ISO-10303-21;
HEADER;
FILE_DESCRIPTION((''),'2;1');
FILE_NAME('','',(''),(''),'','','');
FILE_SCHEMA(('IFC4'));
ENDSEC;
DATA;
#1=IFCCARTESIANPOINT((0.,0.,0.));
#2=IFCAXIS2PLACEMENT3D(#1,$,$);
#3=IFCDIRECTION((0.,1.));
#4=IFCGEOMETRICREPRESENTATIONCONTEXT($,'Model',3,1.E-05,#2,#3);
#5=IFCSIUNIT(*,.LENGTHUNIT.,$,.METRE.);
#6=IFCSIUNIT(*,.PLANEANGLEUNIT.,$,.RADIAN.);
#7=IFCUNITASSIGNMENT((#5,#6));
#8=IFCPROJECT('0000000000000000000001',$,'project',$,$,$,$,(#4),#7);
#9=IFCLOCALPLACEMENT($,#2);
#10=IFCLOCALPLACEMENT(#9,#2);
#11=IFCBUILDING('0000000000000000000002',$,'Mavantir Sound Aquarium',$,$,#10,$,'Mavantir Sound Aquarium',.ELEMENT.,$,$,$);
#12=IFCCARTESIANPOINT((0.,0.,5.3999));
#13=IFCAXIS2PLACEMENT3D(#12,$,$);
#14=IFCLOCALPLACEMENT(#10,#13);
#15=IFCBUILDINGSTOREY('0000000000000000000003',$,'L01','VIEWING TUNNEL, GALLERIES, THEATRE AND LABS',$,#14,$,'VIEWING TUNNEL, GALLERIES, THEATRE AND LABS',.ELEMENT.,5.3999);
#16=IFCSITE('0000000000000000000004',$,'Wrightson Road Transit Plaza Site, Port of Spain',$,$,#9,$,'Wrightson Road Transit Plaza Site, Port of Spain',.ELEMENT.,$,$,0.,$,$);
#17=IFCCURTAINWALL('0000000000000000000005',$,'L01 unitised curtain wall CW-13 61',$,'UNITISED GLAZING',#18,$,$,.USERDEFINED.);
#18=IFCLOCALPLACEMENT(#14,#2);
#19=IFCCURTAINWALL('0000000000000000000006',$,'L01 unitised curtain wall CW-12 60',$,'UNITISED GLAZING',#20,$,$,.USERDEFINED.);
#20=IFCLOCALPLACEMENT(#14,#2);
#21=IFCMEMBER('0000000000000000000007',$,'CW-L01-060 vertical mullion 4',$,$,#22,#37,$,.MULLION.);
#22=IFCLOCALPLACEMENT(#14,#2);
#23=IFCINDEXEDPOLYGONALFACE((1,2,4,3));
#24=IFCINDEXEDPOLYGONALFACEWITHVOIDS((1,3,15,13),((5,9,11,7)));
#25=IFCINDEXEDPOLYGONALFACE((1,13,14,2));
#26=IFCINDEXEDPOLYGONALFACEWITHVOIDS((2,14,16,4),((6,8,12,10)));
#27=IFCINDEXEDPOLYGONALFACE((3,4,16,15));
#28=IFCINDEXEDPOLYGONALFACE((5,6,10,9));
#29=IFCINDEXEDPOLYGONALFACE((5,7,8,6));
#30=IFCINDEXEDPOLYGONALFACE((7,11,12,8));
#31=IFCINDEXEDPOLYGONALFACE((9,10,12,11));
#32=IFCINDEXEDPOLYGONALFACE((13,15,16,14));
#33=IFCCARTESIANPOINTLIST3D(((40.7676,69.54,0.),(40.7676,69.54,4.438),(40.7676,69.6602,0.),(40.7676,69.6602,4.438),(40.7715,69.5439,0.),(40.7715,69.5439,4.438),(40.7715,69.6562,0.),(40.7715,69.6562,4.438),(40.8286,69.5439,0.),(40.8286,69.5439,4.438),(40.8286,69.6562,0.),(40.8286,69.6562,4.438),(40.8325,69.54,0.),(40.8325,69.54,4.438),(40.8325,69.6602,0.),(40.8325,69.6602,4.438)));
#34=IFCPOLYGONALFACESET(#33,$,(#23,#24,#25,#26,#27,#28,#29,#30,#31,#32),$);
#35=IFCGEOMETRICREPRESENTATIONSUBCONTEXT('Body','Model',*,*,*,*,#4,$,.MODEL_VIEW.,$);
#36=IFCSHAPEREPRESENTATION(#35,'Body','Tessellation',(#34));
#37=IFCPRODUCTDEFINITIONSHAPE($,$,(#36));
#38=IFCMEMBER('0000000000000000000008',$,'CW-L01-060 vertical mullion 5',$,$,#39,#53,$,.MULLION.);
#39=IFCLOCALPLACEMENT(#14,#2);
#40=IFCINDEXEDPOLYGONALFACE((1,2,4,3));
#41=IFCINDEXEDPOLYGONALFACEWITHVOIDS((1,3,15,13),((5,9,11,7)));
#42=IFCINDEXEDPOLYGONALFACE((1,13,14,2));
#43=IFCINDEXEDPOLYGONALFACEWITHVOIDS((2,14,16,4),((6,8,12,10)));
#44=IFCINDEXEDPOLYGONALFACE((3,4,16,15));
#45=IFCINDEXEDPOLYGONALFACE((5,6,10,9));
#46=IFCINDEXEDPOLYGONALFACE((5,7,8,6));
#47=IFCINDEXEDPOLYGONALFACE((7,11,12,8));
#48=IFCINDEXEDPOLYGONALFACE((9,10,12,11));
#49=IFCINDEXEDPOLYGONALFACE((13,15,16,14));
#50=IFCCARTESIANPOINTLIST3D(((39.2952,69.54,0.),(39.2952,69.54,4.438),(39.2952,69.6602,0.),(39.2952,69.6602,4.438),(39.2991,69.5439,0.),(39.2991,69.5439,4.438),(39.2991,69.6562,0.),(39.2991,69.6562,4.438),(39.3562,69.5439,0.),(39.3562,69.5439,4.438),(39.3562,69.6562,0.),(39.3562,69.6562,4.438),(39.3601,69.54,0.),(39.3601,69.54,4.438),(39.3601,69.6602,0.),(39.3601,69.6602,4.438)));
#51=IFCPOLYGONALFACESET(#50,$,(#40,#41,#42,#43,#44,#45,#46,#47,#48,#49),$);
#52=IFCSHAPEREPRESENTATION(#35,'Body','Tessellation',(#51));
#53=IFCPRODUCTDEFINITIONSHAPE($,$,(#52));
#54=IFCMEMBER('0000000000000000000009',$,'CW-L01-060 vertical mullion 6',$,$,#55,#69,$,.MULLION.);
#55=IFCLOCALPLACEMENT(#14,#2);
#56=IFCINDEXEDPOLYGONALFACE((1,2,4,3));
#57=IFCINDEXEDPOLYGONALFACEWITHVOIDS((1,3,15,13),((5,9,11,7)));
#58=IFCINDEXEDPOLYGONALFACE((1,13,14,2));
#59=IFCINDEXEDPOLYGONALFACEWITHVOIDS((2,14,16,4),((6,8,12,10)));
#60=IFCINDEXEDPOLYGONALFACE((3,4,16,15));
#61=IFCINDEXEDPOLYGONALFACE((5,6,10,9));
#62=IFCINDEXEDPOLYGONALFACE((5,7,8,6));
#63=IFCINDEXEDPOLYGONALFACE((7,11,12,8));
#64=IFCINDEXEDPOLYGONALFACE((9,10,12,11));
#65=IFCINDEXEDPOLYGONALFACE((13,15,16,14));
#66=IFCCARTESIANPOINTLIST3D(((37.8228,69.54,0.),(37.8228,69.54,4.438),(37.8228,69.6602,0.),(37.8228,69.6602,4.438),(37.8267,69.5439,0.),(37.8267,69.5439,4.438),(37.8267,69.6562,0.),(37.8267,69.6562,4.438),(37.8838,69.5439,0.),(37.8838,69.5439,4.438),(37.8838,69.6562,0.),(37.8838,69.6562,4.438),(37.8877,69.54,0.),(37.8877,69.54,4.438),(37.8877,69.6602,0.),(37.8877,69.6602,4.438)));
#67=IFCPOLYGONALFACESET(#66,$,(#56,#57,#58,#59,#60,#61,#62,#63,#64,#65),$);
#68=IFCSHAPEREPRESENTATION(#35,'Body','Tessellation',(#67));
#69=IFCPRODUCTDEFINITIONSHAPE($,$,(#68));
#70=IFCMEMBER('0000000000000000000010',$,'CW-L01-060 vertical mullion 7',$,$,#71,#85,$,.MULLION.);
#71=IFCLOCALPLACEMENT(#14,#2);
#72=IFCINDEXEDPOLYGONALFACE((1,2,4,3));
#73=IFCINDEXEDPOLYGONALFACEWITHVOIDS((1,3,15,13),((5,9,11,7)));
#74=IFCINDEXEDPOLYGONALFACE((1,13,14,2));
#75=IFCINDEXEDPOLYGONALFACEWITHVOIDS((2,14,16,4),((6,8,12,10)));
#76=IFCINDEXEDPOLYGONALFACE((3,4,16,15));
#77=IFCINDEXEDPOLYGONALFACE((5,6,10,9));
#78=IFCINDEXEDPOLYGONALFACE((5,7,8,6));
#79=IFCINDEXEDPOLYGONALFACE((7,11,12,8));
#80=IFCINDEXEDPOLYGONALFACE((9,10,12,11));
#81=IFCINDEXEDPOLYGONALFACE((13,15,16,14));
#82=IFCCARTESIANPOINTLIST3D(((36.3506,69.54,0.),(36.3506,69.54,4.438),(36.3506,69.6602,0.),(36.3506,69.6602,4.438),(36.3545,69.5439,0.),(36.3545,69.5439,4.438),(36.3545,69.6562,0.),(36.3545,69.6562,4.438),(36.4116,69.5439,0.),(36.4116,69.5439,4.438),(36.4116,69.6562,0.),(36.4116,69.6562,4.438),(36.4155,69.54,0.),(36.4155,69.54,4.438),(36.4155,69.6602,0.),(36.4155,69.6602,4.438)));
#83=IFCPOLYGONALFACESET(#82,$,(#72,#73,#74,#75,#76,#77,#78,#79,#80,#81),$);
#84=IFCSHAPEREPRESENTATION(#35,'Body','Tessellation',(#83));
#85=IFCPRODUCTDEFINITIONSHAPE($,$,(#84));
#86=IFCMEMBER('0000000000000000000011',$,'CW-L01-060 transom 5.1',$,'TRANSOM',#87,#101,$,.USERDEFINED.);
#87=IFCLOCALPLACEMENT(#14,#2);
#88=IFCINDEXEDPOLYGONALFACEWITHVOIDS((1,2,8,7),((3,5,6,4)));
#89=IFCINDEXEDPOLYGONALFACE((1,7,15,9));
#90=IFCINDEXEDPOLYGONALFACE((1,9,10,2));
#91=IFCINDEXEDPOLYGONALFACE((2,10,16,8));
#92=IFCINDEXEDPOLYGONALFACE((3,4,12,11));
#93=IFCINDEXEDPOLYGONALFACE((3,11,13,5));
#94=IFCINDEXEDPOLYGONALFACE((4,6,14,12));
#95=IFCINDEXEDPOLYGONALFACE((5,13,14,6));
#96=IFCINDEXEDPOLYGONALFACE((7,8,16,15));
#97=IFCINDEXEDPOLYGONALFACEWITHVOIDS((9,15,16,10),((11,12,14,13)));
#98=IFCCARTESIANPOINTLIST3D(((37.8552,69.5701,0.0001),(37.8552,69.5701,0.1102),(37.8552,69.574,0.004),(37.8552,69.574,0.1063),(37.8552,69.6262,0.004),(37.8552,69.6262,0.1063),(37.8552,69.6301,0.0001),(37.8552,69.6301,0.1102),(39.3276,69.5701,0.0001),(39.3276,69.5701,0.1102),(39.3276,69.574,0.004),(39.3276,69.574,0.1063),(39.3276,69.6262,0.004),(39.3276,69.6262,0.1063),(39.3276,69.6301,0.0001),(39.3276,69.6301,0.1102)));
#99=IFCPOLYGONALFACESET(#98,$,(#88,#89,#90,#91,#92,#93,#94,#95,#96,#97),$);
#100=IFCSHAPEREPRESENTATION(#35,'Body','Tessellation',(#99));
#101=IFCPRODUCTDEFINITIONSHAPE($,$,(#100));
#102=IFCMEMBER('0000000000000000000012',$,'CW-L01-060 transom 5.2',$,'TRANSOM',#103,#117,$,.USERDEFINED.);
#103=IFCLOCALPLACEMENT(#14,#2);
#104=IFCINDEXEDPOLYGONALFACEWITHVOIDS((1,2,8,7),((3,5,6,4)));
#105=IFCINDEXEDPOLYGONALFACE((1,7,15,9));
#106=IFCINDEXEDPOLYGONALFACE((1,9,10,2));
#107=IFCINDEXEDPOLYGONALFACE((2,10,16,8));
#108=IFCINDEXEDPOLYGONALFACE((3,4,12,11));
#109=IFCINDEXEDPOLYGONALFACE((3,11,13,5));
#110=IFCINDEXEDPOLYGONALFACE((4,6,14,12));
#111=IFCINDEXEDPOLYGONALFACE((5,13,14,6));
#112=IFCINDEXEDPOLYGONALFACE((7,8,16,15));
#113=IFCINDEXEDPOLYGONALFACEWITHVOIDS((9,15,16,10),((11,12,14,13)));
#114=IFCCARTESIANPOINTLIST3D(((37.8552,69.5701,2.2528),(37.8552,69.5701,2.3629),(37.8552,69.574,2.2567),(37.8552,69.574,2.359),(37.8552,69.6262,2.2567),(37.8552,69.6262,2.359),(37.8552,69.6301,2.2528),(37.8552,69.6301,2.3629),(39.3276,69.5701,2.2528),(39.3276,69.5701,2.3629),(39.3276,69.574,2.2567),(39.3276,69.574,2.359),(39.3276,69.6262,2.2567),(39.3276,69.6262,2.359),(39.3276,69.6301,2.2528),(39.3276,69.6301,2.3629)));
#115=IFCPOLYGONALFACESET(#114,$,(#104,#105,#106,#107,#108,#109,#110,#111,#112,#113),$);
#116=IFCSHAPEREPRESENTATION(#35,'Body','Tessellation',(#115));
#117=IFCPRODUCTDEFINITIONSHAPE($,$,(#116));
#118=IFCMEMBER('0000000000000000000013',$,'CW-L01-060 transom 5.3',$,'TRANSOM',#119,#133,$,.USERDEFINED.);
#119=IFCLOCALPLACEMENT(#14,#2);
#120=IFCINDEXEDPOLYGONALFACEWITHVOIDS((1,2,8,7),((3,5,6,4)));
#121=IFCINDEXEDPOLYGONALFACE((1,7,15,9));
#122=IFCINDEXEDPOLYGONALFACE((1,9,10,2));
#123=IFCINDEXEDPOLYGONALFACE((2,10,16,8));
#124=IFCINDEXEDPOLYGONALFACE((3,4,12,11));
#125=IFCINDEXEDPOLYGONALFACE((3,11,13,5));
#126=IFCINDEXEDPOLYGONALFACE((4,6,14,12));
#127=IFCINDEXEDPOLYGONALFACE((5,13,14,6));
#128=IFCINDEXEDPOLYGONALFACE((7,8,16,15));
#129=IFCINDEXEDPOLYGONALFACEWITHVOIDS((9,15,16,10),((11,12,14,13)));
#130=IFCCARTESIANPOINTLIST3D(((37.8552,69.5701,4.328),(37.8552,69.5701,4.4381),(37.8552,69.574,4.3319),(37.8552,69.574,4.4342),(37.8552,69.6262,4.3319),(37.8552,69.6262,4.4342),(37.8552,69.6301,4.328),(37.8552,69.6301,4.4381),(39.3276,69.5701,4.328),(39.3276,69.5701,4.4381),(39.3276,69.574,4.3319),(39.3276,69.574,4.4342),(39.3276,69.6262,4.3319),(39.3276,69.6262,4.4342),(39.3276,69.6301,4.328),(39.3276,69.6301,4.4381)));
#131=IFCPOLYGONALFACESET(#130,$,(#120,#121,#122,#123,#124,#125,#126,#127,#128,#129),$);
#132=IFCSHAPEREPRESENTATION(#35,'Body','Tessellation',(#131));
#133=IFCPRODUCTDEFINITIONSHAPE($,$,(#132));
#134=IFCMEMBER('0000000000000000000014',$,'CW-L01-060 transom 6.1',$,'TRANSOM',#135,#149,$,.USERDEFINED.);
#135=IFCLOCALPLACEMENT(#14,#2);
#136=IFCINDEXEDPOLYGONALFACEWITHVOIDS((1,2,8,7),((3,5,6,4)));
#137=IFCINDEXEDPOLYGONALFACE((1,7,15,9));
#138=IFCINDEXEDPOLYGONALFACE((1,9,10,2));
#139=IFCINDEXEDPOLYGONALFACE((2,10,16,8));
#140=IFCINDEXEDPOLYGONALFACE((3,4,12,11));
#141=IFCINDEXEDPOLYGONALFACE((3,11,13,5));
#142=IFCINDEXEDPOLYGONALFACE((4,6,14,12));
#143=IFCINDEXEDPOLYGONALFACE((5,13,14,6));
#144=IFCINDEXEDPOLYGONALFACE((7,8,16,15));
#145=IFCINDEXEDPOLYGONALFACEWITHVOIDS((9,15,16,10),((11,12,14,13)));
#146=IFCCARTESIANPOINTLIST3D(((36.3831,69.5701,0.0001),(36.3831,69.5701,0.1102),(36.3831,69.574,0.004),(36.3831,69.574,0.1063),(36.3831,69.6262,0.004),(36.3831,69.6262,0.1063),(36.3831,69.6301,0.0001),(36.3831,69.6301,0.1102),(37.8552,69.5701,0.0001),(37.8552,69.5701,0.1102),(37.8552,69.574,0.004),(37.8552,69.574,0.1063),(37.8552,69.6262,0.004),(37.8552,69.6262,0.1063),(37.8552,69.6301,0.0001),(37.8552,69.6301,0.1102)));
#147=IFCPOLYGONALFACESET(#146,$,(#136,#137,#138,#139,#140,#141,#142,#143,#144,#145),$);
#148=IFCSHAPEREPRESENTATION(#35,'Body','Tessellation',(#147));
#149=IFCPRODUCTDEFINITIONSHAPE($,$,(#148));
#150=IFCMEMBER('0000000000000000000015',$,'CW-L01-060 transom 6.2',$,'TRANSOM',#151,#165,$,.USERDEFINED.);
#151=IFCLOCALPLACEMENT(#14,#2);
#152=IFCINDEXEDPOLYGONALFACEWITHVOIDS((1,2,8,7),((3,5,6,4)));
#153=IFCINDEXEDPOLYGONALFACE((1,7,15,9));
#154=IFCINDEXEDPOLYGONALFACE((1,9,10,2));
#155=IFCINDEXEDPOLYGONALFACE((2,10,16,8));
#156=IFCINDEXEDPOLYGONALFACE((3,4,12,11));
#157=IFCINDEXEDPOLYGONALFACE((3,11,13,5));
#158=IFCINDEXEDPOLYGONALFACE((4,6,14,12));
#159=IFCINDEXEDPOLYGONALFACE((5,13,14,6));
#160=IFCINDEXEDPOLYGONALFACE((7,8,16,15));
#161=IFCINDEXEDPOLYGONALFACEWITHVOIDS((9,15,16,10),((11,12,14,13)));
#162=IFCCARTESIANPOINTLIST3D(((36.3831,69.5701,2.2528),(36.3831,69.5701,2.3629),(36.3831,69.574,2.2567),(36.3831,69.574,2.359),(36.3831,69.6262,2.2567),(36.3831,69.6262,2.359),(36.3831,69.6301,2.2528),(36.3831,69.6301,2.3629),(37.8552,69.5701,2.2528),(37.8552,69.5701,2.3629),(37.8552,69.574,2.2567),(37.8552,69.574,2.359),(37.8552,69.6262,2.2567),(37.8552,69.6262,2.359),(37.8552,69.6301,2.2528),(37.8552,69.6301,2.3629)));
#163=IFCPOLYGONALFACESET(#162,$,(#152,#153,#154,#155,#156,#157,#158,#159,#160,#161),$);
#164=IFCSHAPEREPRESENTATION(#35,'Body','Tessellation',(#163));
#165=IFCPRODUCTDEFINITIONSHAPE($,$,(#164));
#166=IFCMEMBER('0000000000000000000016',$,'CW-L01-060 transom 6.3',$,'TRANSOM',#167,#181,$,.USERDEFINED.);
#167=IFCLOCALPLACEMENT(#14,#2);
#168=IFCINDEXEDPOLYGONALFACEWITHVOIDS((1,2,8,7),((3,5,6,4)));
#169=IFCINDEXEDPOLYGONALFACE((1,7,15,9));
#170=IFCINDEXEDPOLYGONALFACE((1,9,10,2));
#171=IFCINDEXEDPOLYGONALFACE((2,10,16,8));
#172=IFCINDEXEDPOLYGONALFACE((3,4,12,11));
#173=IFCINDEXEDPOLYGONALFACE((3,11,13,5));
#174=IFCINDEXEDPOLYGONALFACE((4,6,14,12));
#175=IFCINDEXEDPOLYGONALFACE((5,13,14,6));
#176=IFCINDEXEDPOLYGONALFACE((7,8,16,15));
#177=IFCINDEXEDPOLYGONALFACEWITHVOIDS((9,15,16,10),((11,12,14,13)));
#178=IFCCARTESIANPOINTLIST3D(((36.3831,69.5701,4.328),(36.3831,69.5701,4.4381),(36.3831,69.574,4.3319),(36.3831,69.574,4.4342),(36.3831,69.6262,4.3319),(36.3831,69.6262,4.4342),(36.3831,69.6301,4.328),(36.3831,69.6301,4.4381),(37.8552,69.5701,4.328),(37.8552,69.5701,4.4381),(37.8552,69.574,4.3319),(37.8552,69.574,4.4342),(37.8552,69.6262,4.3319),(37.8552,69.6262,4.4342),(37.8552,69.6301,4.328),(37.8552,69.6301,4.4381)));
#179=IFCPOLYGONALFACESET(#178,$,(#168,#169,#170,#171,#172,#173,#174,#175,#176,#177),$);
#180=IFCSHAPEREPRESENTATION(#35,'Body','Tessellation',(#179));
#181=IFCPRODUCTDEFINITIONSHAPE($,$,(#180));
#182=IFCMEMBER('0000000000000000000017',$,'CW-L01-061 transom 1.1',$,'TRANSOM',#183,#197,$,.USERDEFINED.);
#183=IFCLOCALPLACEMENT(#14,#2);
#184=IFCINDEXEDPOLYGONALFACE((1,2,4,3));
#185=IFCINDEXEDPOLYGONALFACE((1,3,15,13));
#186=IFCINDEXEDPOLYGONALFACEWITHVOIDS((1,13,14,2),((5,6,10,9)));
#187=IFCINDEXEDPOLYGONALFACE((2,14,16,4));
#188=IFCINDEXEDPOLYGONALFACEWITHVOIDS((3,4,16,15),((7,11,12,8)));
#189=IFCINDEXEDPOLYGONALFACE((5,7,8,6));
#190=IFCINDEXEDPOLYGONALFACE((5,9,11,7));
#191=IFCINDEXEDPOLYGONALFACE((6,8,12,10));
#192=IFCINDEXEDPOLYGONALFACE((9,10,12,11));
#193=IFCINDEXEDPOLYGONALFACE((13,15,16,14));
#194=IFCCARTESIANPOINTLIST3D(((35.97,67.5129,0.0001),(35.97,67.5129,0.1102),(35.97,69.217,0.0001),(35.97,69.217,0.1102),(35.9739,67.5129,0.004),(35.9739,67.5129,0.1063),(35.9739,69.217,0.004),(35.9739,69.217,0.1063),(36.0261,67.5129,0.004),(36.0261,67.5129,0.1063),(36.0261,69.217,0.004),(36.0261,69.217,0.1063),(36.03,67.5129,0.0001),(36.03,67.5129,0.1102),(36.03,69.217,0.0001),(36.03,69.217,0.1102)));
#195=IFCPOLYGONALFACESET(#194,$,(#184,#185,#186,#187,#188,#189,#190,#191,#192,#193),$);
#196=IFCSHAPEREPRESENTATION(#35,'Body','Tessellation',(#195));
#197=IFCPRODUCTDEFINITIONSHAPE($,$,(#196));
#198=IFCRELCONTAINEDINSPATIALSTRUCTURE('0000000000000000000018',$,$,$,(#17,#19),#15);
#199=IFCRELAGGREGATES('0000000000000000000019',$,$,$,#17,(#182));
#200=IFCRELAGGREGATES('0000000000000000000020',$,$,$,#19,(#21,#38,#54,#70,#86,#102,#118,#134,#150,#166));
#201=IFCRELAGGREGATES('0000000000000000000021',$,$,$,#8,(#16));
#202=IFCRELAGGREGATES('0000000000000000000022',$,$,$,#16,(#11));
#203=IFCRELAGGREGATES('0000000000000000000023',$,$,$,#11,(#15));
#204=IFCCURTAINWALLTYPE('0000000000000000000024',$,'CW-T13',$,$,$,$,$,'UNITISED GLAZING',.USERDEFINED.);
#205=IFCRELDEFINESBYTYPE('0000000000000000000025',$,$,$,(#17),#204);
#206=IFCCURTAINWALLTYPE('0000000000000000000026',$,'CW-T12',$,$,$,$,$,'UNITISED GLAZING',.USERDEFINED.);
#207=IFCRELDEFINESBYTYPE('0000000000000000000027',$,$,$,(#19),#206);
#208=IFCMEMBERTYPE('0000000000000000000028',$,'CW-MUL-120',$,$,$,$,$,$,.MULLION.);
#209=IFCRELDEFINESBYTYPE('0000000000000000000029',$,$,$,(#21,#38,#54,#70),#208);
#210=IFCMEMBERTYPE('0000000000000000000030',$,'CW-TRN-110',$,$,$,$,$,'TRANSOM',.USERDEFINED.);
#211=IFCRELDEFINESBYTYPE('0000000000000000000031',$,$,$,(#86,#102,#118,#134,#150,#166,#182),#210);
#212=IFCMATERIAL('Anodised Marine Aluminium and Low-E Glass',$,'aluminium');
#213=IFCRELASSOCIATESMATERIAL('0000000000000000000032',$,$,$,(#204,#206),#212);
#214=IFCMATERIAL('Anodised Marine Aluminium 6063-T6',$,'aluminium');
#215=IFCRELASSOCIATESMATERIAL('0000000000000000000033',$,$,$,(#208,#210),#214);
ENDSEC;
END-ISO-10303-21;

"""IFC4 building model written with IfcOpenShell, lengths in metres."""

from ifc_helpers import new_model, si_unit, direction, frame, origin, origin_2d, place, context, subcontext, project, spatial, hollow_rectangle, extrude, material, material_profile, profile_set, type_object, element, aggregate, save


model = new_model("IFC4")

# Units and contexts
model_context = context("Model", 3, precision=1e-05, world=origin(), true_north=direction((0.0, 1.0)))
body_context = subcontext(model_context, "Body", "Model", "MODEL_VIEW")
ifc_project = project(units=[si_unit("LENGTHUNIT", "METRE"), si_unit("PLANEANGLEUNIT", "RADIAN")], contexts=[model_context])

# Site, building, storey
site_placement = place(None, origin())
site = spatial("IfcSite", under=ifc_project, at=site_placement, Name="Wrightson Road Transit Plaza Site, Port of Spain", LongName="Wrightson Road Transit Plaza Site, Port of Spain", CompositionType="ELEMENT", RefElevation=0.0)
building_placement = place(site_placement, origin())
building = spatial("IfcBuilding", under=site, at=building_placement, Name="Mavantir Sound Aquarium", LongName="Mavantir Sound Aquarium", CompositionType="ELEMENT")
storey_placement = place(building_placement, frame((0.0, 0.0, 5.3999)))
storey = spatial("IfcBuildingStorey", under=building, at=storey_placement, Name="L01", Description="VIEWING TUNNEL, GALLERIES, THEATRE AND LABS", LongName="VIEWING TUNNEL, GALLERIES, THEATRE AND LABS", CompositionType="ELEMENT", Elevation=5.3999)

# Curtain walls, members
ifc_material_1 = material(Name="Anodised Marine Aluminium and Low-E Glass", Category="aluminium")
curtain_wall_type_1 = type_object("IfcCurtainWallType", Name="CW-T13", ElementType="UNITISED GLAZING", PredefinedType="USERDEFINED", material=ifc_material_1)
curtain_wall_1_placement = place(storey_placement, origin())
curtain_wall_1 = element("IfcCurtainWall", 1, at=curtain_wall_1_placement, inside=storey, type_object=curtain_wall_type_1, Name="L01 unitised curtain wall CW-13 61", ObjectType="UNITISED GLAZING", PredefinedType="USERDEFINED")
ifc_material_2 = material(Name="Anodised Marine Aluminium 6063-T6", Category="aluminium")
curtain_wall_type_2 = type_object("IfcCurtainWallType", Name="CW-T12", ElementType="UNITISED GLAZING", PredefinedType="USERDEFINED", material=ifc_material_1)
curtain_wall_2_placement = place(storey_placement, origin())
curtain_wall_2 = element("IfcCurtainWall", 2, at=curtain_wall_2_placement, inside=storey, type_object=curtain_wall_type_2, Name="L01 unitised curtain wall CW-12 60", ObjectType="UNITISED GLAZING", PredefinedType="USERDEFINED")
ifc_material_profile_1 = material_profile(ifc_material_2, hollow_rectangle(XDim=0.0649, YDim=0.1201, WallThickness=0.0039, at=origin_2d()), Name="ALU-MULLION-120X65")
ifc_profile_set_1 = profile_set([ifc_material_profile_1], Name="Anodised Marine Aluminium 6063-T6")
member_type_1 = type_object("IfcMemberType", Name="CW-MUL-120", PredefinedType="MULLION", material=ifc_profile_set_1)
member_1_placement = place(storey_placement, frame((40.8, 69.6001, 0.0), z_axis=(0.0, 0.0, 1.0), x_axis=(1.0, 0.0, 0.0)))
member_1 = element("IfcMember", 3, at=member_1_placement, type_object=member_type_1, Name="CW-L01-060 vertical mullion 4", PredefinedType="MULLION", context=body_context, shape_type="SweptSolid", body=[
    extrude(hollow_rectangle(XDim=0.0649, YDim=0.1201, WallThickness=0.0039, at=origin_2d()), origin(), (0.0, 0.0, 1.0), 4.438),
])
member_2_placement = place(storey_placement, frame((39.3276, 69.6001, 0.0), z_axis=(0.0, 0.0, 1.0), x_axis=(1.0, 0.0, 0.0)))
member_2 = element("IfcMember", 4, at=member_2_placement, type_object=member_type_1, Name="CW-L01-060 vertical mullion 5", PredefinedType="MULLION", context=body_context, shape_type="SweptSolid", body=[
    extrude(hollow_rectangle(XDim=0.0649, YDim=0.1201, WallThickness=0.0039, at=origin_2d()), origin(), (0.0, 0.0, 1.0), 4.438),
])
member_3_placement = place(storey_placement, frame((37.8552, 69.6001, 0.0), z_axis=(0.0, 0.0, 1.0), x_axis=(1.0, 0.0, 0.0)))
member_3 = element("IfcMember", 5, at=member_3_placement, type_object=member_type_1, Name="CW-L01-060 vertical mullion 6", PredefinedType="MULLION", context=body_context, shape_type="SweptSolid", body=[
    extrude(hollow_rectangle(XDim=0.0649, YDim=0.1201, WallThickness=0.0039, at=origin_2d()), origin(), (0.0, 0.0, 1.0), 4.438),
])
member_4_placement = place(storey_placement, frame((36.3831, 69.6001, 0.0), z_axis=(0.0, 0.0, 1.0), x_axis=(1.0, 0.0, 0.0)))
member_4 = element("IfcMember", 6, at=member_4_placement, type_object=member_type_1, Name="CW-L01-060 vertical mullion 7", PredefinedType="MULLION", context=body_context, shape_type="SweptSolid", body=[
    extrude(hollow_rectangle(XDim=0.0649, YDim=0.1201, WallThickness=0.0039, at=origin_2d()), origin(), (0.0, 0.0, 1.0), 4.438),
])
ifc_material_profile_2 = material_profile(ifc_material_2, hollow_rectangle(XDim=0.0601, YDim=0.1101, WallThickness=0.0039, at=origin_2d()), Name="ALU-TRANSOM-110X60")
ifc_profile_set_2 = profile_set([ifc_material_profile_2], Name="Anodised Marine Aluminium 6063-T6")
member_type_2 = type_object("IfcMemberType", Name="CW-TRN-110", ElementType="TRANSOM", PredefinedType="USERDEFINED", material=ifc_profile_set_2)
member_5_placement = place(storey_placement, frame((39.3276, 69.6001, 0.0552), z_axis=(-1.0, 0.0, 0.0), x_axis=(0.0, -1.0, 0.0)))
member_5 = element("IfcMember", 7, at=member_5_placement, type_object=member_type_2, Name="CW-L01-060 transom 5.1", ObjectType="TRANSOM", PredefinedType="USERDEFINED", context=body_context, shape_type="SweptSolid", body=[
    extrude(hollow_rectangle(XDim=0.0601, YDim=0.1101, WallThickness=0.0039, at=origin_2d()), origin(), (0.0, 0.0, 1.0), 1.4724),
])
member_6_placement = place(storey_placement, frame((39.3276, 69.6001, 2.3079), z_axis=(-1.0, 0.0, 0.0), x_axis=(0.0, -1.0, 0.0)))
member_6 = element("IfcMember", 8, at=member_6_placement, type_object=member_type_2, Name="CW-L01-060 transom 5.2", ObjectType="TRANSOM", PredefinedType="USERDEFINED", context=body_context, shape_type="SweptSolid", body=[
    extrude(hollow_rectangle(XDim=0.0601, YDim=0.1101, WallThickness=0.0039, at=origin_2d()), origin(), (0.0, 0.0, 1.0), 1.4724),
])
member_7_placement = place(storey_placement, frame((39.3276, 69.6001, 4.3831), z_axis=(-1.0, 0.0, 0.0), x_axis=(0.0, -1.0, 0.0)))
member_7 = element("IfcMember", 9, at=member_7_placement, type_object=member_type_2, Name="CW-L01-060 transom 5.3", ObjectType="TRANSOM", PredefinedType="USERDEFINED", context=body_context, shape_type="SweptSolid", body=[
    extrude(hollow_rectangle(XDim=0.0601, YDim=0.1101, WallThickness=0.0039, at=origin_2d()), origin(), (0.0, 0.0, 1.0), 1.4724),
])
member_8_placement = place(storey_placement, frame((37.8552, 69.6001, 0.0552), z_axis=(-1.0, 0.0, 0.0), x_axis=(0.0, -1.0, 0.0)))
member_8 = element("IfcMember", 10, at=member_8_placement, type_object=member_type_2, Name="CW-L01-060 transom 6.1", ObjectType="TRANSOM", PredefinedType="USERDEFINED", context=body_context, shape_type="SweptSolid", body=[
    extrude(hollow_rectangle(XDim=0.0601, YDim=0.1101, WallThickness=0.0039, at=origin_2d()), origin(), (0.0, 0.0, 1.0), 1.4722),
])
member_9_placement = place(storey_placement, frame((37.8552, 69.6001, 2.3079), z_axis=(-1.0, 0.0, 0.0), x_axis=(0.0, -1.0, 0.0)))
member_9 = element("IfcMember", 11, at=member_9_placement, type_object=member_type_2, Name="CW-L01-060 transom 6.2", ObjectType="TRANSOM", PredefinedType="USERDEFINED", context=body_context, shape_type="SweptSolid", body=[
    extrude(hollow_rectangle(XDim=0.0601, YDim=0.1101, WallThickness=0.0039, at=origin_2d()), origin(), (0.0, 0.0, 1.0), 1.4722),
])
member_10_placement = place(storey_placement, frame((37.8552, 69.6001, 4.3831), z_axis=(-1.0, 0.0, 0.0), x_axis=(0.0, -1.0, 0.0)))
member_10 = element("IfcMember", 12, at=member_10_placement, type_object=member_type_2, Name="CW-L01-060 transom 6.3", ObjectType="TRANSOM", PredefinedType="USERDEFINED", context=body_context, shape_type="SweptSolid", body=[
    extrude(hollow_rectangle(XDim=0.0601, YDim=0.1101, WallThickness=0.0039, at=origin_2d()), origin(), (0.0, 0.0, 1.0), 1.4722),
])

# Member
member_11_placement = place(storey_placement, frame((36.0, 69.217, 0.0552), z_axis=(0.0, -1.0, 0.0), x_axis=(1.0, 0.0, 0.0)))
member_11 = element("IfcMember", 13, at=member_11_placement, type_object=member_type_2, Name="CW-L01-061 transom 1.1", ObjectType="TRANSOM", PredefinedType="USERDEFINED", context=body_context, shape_type="SweptSolid", body=[
    extrude(hollow_rectangle(XDim=0.0601, YDim=0.1101, WallThickness=0.0039, at=origin_2d()), origin(), (0.0, 0.0, 1.0), 1.7041),
])

aggregate(curtain_wall_1, [member_11])
aggregate(curtain_wall_2, [member_1, member_2, member_3, member_4, member_5, member_6, member_7, member_8, member_9, member_10])

save(model, "model.ifc")
